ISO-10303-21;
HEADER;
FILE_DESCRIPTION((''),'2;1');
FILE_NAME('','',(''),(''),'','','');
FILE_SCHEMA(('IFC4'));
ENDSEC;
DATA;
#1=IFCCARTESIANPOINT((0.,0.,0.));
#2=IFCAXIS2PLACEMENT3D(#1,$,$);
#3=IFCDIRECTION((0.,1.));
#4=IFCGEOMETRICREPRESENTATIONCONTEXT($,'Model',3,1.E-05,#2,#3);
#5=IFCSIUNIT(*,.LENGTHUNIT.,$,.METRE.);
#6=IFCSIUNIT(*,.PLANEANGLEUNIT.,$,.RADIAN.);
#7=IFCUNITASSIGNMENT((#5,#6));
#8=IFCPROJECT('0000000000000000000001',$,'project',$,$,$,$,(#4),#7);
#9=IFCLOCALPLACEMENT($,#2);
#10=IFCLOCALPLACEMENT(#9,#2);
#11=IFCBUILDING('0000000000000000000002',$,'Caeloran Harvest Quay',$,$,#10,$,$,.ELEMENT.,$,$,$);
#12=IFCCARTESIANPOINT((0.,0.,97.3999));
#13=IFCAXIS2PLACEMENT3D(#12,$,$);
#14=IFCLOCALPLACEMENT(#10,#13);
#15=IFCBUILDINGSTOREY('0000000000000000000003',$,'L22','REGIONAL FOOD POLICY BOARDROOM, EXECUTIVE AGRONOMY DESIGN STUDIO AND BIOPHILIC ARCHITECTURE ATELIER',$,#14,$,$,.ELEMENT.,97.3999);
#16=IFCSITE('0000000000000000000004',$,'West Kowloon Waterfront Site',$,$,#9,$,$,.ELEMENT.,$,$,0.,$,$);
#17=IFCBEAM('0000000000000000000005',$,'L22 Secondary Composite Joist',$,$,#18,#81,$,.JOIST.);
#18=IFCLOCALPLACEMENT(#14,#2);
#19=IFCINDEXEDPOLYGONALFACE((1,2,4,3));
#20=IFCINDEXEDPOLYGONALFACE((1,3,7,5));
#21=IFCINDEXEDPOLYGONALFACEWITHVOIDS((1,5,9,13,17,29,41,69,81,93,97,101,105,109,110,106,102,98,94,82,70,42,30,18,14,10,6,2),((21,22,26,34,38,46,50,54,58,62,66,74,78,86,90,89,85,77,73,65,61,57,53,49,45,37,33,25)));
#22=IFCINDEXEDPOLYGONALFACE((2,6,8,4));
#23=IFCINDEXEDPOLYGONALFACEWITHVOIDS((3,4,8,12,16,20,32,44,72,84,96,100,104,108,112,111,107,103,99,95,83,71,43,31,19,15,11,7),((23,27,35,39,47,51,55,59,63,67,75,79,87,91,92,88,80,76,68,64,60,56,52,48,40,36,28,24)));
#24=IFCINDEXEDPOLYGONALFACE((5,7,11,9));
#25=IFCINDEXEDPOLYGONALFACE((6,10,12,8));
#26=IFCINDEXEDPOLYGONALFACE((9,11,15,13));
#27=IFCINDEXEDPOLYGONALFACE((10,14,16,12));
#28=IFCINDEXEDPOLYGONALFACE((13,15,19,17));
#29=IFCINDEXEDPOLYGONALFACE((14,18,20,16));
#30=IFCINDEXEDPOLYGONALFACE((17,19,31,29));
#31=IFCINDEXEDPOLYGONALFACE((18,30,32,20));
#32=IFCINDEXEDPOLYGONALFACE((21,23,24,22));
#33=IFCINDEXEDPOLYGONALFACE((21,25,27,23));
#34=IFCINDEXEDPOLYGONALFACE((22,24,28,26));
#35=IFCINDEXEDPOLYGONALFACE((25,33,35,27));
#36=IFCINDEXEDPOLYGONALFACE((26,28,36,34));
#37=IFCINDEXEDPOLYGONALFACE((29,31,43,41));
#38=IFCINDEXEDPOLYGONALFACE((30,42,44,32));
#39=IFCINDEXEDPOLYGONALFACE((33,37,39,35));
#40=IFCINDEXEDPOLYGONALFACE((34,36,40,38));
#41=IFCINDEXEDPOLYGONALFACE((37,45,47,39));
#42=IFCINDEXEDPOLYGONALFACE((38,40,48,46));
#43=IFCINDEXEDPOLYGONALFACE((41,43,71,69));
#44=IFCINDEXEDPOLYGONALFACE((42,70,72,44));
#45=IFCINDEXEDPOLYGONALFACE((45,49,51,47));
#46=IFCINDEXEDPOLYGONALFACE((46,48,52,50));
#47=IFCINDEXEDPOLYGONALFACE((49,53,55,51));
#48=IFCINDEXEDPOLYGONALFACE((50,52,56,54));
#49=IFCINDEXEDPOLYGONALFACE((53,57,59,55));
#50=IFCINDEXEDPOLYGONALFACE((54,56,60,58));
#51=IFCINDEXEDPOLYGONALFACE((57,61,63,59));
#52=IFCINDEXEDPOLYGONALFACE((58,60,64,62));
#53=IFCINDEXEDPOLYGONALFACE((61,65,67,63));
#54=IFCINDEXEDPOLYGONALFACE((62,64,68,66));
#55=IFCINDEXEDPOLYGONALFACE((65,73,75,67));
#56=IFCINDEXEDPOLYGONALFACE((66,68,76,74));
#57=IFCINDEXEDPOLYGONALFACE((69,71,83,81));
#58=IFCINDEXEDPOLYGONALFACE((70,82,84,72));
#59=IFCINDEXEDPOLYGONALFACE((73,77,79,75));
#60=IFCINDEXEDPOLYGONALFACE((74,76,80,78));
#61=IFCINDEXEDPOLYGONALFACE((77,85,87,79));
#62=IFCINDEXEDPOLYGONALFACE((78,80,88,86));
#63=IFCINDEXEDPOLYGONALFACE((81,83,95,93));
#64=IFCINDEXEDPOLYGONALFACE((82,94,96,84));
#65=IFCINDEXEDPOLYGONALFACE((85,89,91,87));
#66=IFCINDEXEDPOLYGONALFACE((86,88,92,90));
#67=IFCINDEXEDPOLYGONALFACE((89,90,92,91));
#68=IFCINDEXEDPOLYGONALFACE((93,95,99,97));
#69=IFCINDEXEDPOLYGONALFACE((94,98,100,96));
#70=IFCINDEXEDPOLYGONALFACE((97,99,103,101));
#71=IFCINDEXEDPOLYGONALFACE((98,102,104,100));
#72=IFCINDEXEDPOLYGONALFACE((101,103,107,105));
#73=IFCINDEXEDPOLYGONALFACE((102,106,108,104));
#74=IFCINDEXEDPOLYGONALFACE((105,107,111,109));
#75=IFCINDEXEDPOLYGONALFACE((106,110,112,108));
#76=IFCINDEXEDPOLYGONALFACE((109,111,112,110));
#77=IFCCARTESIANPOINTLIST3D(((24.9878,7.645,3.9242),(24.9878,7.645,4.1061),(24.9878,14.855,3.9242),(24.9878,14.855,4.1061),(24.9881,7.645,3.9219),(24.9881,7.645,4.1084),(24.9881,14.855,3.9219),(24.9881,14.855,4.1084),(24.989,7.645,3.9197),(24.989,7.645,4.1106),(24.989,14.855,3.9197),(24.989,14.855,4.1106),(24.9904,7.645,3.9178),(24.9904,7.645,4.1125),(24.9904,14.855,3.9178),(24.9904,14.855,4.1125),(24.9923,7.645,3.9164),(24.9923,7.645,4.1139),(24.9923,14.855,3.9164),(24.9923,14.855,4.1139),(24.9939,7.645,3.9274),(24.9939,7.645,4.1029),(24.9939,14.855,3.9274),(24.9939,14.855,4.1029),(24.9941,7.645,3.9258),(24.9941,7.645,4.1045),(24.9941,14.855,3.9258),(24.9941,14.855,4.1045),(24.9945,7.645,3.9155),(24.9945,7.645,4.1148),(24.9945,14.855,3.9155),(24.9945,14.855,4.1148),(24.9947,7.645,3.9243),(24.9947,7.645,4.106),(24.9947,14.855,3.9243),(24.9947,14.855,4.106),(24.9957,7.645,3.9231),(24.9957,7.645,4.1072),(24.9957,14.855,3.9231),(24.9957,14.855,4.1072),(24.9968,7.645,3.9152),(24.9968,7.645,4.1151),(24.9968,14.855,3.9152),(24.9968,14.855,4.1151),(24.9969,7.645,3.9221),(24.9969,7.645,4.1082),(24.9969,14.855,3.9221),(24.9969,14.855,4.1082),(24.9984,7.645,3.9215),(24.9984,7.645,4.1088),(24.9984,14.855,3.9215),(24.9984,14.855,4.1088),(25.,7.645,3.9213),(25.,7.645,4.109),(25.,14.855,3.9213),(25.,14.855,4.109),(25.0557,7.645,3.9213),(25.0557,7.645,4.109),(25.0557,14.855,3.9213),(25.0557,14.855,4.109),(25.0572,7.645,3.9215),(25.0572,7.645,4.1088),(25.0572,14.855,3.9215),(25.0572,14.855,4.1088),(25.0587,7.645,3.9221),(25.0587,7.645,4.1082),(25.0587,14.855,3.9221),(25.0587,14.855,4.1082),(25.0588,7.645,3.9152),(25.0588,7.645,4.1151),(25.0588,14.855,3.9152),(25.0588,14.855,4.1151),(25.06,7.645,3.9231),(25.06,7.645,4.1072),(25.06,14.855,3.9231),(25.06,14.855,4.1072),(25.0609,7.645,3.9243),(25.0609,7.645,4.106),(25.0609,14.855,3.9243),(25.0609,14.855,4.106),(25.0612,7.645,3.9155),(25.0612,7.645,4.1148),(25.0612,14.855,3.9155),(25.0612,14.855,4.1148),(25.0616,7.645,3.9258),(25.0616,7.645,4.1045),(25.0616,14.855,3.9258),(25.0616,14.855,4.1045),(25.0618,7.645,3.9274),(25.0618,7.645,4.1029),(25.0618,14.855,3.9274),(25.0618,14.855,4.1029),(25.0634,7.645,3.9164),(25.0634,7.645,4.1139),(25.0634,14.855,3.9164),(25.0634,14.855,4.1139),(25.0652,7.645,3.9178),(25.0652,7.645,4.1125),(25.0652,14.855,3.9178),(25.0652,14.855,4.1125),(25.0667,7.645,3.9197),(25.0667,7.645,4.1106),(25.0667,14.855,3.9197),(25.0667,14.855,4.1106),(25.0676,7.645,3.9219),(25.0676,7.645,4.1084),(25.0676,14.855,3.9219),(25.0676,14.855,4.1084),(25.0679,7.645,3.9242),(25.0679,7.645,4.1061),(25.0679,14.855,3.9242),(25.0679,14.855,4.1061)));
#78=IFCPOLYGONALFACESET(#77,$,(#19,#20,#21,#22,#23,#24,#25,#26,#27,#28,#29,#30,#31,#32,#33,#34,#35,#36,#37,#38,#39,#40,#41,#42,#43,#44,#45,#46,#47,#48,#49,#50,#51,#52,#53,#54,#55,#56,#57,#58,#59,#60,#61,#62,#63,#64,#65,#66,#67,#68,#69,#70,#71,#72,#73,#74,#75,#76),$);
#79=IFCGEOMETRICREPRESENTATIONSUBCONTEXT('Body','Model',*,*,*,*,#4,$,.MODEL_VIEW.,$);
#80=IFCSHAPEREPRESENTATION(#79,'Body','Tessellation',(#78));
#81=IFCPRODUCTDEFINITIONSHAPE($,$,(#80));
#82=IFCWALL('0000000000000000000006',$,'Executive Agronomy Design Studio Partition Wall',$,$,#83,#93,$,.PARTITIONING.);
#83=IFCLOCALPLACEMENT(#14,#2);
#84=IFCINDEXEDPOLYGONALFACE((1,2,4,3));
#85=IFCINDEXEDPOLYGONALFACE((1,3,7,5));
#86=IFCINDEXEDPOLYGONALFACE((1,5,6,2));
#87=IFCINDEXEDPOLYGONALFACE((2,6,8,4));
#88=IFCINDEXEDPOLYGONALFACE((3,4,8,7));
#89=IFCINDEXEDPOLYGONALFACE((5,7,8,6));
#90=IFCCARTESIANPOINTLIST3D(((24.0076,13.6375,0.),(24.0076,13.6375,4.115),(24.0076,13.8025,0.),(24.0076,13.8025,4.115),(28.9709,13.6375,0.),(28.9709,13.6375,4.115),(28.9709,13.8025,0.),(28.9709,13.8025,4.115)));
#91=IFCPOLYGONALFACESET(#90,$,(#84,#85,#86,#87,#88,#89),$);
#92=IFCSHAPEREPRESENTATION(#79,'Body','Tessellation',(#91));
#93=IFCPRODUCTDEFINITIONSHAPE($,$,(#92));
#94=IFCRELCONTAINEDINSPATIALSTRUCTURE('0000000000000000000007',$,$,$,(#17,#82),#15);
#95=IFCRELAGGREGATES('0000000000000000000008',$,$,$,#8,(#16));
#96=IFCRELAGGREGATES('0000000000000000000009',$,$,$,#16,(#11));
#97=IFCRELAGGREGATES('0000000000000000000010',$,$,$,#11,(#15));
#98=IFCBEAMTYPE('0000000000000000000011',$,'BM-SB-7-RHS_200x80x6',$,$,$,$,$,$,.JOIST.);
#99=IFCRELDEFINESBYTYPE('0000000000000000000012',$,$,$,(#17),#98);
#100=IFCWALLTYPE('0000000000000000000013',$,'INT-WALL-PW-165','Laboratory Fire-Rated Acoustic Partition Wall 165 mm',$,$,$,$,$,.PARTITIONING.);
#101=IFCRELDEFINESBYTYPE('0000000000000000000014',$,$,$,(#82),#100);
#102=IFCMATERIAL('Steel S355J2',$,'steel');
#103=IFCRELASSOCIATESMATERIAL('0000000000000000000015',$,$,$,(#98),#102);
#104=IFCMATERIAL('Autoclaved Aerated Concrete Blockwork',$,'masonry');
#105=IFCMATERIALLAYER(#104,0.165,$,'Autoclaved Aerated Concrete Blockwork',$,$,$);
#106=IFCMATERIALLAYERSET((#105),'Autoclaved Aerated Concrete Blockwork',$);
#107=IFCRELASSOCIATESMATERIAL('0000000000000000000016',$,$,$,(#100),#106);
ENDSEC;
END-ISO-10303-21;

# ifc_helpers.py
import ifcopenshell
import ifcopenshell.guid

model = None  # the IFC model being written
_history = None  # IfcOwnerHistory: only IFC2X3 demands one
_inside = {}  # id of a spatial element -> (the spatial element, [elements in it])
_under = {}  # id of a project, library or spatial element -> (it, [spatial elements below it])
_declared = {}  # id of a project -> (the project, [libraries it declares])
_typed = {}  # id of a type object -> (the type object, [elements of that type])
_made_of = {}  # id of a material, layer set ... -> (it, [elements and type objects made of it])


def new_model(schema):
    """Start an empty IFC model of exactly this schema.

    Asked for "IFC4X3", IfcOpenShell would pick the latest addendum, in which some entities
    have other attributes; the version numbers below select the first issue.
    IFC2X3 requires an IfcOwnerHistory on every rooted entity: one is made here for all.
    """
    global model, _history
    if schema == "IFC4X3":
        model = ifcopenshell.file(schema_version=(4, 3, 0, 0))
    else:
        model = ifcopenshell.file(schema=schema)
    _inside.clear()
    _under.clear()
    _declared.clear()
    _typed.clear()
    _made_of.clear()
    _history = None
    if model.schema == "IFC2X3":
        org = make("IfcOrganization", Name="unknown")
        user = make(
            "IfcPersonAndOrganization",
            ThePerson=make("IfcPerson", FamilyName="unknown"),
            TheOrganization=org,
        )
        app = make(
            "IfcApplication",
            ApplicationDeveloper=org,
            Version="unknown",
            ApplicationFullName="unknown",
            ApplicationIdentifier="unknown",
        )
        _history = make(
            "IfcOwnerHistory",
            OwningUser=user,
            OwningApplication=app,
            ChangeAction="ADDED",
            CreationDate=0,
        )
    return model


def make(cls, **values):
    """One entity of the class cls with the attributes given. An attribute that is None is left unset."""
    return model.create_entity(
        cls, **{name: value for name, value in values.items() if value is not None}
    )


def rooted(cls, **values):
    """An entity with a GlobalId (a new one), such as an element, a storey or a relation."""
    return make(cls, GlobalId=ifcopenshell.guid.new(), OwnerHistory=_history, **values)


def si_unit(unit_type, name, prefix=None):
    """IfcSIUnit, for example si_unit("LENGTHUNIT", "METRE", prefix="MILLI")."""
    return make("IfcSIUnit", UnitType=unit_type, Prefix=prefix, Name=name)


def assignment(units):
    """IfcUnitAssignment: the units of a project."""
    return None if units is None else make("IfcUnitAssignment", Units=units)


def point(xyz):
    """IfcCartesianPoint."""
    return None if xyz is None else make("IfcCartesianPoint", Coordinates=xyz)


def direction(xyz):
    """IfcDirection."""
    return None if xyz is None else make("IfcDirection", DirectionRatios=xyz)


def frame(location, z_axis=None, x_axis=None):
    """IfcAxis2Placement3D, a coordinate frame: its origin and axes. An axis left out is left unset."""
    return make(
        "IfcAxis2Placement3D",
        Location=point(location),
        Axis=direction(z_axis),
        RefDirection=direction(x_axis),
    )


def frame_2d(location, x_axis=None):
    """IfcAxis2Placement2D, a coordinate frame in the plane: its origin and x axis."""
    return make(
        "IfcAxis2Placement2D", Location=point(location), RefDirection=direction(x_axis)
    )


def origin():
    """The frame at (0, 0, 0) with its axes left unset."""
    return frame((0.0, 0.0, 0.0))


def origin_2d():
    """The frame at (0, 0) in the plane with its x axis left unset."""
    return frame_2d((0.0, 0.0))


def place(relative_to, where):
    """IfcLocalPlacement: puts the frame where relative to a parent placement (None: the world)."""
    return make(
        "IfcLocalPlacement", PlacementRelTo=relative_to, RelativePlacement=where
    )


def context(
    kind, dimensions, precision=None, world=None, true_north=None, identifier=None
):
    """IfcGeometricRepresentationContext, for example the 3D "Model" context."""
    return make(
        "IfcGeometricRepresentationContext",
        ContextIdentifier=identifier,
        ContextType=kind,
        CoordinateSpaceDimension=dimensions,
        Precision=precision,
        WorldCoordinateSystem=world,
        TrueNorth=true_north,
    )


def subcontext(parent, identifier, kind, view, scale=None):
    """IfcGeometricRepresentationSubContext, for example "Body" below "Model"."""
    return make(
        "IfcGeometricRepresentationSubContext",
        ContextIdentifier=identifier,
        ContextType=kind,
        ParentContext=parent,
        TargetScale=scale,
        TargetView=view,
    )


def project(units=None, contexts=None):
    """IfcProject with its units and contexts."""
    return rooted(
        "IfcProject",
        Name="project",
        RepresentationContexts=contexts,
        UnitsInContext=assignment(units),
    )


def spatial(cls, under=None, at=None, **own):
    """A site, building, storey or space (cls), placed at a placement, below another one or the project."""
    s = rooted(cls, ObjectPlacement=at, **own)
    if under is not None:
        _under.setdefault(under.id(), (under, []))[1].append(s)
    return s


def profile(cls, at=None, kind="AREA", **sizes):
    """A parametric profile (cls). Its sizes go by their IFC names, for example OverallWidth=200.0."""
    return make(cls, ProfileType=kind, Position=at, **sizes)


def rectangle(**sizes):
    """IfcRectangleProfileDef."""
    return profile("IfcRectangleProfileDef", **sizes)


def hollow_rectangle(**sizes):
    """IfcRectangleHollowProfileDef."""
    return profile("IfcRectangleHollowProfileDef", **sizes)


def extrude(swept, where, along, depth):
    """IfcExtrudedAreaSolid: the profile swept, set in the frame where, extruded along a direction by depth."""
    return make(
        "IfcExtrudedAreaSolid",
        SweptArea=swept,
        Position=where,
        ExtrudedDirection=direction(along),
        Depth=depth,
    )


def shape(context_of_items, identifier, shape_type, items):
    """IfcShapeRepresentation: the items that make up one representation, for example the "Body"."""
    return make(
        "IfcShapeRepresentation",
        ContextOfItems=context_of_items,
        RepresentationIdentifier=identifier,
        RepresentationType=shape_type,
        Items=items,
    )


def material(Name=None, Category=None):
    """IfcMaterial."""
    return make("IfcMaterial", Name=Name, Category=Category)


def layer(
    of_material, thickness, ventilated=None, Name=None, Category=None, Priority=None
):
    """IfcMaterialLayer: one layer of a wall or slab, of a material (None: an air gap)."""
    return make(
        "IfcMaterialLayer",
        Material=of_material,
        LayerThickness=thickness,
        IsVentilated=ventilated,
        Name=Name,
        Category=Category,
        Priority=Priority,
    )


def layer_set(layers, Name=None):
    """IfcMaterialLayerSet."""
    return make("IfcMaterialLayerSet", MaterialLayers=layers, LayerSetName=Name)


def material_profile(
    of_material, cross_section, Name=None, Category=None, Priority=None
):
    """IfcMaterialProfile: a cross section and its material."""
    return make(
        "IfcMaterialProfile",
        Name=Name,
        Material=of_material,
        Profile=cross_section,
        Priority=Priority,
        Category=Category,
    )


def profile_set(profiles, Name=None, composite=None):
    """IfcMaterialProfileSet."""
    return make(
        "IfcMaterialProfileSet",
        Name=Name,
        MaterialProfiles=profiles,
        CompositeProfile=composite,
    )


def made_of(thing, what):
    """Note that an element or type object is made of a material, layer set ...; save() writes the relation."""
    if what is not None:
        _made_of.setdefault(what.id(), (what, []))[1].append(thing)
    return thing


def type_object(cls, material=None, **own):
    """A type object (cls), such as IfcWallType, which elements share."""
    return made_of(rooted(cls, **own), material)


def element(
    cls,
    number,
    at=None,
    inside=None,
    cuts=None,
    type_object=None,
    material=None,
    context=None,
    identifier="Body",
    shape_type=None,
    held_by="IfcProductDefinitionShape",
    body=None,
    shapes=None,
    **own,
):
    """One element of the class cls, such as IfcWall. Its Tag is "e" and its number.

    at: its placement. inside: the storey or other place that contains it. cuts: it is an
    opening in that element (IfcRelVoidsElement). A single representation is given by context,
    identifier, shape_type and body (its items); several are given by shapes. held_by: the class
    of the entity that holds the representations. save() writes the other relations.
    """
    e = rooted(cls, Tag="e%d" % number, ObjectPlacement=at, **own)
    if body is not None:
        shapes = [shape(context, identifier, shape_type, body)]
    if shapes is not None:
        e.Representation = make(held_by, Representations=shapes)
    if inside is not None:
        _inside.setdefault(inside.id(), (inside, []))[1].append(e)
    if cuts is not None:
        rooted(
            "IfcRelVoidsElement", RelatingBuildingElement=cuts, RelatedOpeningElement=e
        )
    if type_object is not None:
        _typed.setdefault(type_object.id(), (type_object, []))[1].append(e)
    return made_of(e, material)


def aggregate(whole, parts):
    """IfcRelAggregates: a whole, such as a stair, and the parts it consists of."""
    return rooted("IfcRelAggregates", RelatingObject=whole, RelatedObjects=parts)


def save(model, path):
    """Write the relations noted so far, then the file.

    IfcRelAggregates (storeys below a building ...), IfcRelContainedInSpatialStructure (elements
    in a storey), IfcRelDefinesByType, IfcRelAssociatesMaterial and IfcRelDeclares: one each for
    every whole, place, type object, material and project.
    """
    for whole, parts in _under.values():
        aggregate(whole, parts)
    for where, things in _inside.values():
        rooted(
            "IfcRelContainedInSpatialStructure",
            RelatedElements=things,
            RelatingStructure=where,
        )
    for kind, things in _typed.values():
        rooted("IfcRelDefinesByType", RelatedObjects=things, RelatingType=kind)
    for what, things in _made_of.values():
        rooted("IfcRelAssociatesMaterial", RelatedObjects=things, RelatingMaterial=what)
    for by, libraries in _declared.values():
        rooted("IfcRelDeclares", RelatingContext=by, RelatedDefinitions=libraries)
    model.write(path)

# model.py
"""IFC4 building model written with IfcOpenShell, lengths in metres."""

from ifc_helpers import new_model, si_unit, direction, frame, frame_2d, origin, origin_2d, place, context, subcontext, project, spatial, rectangle, hollow_rectangle, extrude, material, layer, layer_set, material_profile, profile_set, type_object, element, save


model = new_model("IFC4")

# Units and contexts
model_context = context("Model", 3, precision=1e-05, world=origin(), true_north=direction((0.0, 1.0)))
body_context = subcontext(model_context, "Body", "Model", "MODEL_VIEW")
ifc_project = project(units=[si_unit("LENGTHUNIT", "METRE"), si_unit("PLANEANGLEUNIT", "RADIAN")], contexts=[model_context])

# Site, building, storey
site_placement = place(None, origin())
site = spatial("IfcSite", under=ifc_project, at=site_placement, Name="West Kowloon Waterfront Site", CompositionType="ELEMENT", RefElevation=0.0)
building_placement = place(site_placement, origin())
building = spatial("IfcBuilding", under=site, at=building_placement, Name="Caeloran Harvest Quay", CompositionType="ELEMENT")
storey_placement = place(building_placement, frame((0.0, 0.0, 97.3999)))
storey = spatial("IfcBuildingStorey", under=building, at=storey_placement, Name="L22", Description="REGIONAL FOOD POLICY BOARDROOM, EXECUTIVE AGRONOMY DESIGN STUDIO AND BIOPHILIC ARCHITECTURE ATELIER", CompositionType="ELEMENT", Elevation=97.3999)

# Beam
ifc_material_1 = material(Name="Steel S355J2", Category="steel")
ifc_material_profile_1 = material_profile(ifc_material_1, hollow_rectangle(XDim=0.0801, YDim=0.2, WallThickness=0.0061, InnerFilletRadius=0.0061, OuterFilletRadius=0.009, at=origin_2d()), Name="RHS 200x80x6")
ifc_profile_set_1 = profile_set([ifc_material_profile_1], Name="Steel S355J2")
beam_type_1 = type_object("IfcBeamType", Name="BM-SB-7-RHS_200x80x6", PredefinedType="JOIST", material=ifc_profile_set_1)
for number, where, z_axis, x_axis, name in (
    (1, (25.0278, 7.645, 4.0151), (0.0, 1.0, 0.0), (-1.0, 0.0, 0.0), "L22 Secondary Composite Joist"),
):
    element("IfcBeam", number, at=place(storey_placement, frame(where, z_axis=z_axis, x_axis=x_axis)), inside=storey, type_object=beam_type_1, Name=name, PredefinedType="JOIST", context=body_context, shape_type="SweptSolid", body=[
        extrude(hollow_rectangle(XDim=0.0801, YDim=0.2, WallThickness=0.0061, InnerFilletRadius=0.0061, OuterFilletRadius=0.009, at=origin_2d()), origin(), (0.0, 0.0, 1.0), 7.21),
    ])

# Wall
ifc_material_2 = material(Name="Autoclaved Aerated Concrete Blockwork", Category="masonry")
ifc_layer = layer(ifc_material_2, 0.165, Name="Autoclaved Aerated Concrete Blockwork")
ifc_layer_set = layer_set([ifc_layer], Name="Autoclaved Aerated Concrete Blockwork")
wall_type = type_object("IfcWallType", Name="INT-WALL-PW-165", Description="Laboratory Fire-Rated Acoustic Partition Wall 165 mm", PredefinedType="PARTITIONING", material=ifc_layer_set)
wall_placement = place(storey_placement, frame((24.0076, 13.72, 0.0), z_axis=(0.0, 0.0, 1.0), x_axis=(1.0, 0.0, 0.0)))
element("IfcWall", 2, at=wall_placement, inside=storey, type_object=wall_type, Name="Executive Agronomy Design Studio Partition Wall", PredefinedType="PARTITIONING", context=body_context, shape_type="SweptSolid", body=[
    extrude(rectangle(XDim=4.9634, YDim=0.165, at=frame_2d((2.4817, 0.0))), origin(), (0.0, 0.0, 1.0), 4.115),
])

save(model, "model.ifc")
